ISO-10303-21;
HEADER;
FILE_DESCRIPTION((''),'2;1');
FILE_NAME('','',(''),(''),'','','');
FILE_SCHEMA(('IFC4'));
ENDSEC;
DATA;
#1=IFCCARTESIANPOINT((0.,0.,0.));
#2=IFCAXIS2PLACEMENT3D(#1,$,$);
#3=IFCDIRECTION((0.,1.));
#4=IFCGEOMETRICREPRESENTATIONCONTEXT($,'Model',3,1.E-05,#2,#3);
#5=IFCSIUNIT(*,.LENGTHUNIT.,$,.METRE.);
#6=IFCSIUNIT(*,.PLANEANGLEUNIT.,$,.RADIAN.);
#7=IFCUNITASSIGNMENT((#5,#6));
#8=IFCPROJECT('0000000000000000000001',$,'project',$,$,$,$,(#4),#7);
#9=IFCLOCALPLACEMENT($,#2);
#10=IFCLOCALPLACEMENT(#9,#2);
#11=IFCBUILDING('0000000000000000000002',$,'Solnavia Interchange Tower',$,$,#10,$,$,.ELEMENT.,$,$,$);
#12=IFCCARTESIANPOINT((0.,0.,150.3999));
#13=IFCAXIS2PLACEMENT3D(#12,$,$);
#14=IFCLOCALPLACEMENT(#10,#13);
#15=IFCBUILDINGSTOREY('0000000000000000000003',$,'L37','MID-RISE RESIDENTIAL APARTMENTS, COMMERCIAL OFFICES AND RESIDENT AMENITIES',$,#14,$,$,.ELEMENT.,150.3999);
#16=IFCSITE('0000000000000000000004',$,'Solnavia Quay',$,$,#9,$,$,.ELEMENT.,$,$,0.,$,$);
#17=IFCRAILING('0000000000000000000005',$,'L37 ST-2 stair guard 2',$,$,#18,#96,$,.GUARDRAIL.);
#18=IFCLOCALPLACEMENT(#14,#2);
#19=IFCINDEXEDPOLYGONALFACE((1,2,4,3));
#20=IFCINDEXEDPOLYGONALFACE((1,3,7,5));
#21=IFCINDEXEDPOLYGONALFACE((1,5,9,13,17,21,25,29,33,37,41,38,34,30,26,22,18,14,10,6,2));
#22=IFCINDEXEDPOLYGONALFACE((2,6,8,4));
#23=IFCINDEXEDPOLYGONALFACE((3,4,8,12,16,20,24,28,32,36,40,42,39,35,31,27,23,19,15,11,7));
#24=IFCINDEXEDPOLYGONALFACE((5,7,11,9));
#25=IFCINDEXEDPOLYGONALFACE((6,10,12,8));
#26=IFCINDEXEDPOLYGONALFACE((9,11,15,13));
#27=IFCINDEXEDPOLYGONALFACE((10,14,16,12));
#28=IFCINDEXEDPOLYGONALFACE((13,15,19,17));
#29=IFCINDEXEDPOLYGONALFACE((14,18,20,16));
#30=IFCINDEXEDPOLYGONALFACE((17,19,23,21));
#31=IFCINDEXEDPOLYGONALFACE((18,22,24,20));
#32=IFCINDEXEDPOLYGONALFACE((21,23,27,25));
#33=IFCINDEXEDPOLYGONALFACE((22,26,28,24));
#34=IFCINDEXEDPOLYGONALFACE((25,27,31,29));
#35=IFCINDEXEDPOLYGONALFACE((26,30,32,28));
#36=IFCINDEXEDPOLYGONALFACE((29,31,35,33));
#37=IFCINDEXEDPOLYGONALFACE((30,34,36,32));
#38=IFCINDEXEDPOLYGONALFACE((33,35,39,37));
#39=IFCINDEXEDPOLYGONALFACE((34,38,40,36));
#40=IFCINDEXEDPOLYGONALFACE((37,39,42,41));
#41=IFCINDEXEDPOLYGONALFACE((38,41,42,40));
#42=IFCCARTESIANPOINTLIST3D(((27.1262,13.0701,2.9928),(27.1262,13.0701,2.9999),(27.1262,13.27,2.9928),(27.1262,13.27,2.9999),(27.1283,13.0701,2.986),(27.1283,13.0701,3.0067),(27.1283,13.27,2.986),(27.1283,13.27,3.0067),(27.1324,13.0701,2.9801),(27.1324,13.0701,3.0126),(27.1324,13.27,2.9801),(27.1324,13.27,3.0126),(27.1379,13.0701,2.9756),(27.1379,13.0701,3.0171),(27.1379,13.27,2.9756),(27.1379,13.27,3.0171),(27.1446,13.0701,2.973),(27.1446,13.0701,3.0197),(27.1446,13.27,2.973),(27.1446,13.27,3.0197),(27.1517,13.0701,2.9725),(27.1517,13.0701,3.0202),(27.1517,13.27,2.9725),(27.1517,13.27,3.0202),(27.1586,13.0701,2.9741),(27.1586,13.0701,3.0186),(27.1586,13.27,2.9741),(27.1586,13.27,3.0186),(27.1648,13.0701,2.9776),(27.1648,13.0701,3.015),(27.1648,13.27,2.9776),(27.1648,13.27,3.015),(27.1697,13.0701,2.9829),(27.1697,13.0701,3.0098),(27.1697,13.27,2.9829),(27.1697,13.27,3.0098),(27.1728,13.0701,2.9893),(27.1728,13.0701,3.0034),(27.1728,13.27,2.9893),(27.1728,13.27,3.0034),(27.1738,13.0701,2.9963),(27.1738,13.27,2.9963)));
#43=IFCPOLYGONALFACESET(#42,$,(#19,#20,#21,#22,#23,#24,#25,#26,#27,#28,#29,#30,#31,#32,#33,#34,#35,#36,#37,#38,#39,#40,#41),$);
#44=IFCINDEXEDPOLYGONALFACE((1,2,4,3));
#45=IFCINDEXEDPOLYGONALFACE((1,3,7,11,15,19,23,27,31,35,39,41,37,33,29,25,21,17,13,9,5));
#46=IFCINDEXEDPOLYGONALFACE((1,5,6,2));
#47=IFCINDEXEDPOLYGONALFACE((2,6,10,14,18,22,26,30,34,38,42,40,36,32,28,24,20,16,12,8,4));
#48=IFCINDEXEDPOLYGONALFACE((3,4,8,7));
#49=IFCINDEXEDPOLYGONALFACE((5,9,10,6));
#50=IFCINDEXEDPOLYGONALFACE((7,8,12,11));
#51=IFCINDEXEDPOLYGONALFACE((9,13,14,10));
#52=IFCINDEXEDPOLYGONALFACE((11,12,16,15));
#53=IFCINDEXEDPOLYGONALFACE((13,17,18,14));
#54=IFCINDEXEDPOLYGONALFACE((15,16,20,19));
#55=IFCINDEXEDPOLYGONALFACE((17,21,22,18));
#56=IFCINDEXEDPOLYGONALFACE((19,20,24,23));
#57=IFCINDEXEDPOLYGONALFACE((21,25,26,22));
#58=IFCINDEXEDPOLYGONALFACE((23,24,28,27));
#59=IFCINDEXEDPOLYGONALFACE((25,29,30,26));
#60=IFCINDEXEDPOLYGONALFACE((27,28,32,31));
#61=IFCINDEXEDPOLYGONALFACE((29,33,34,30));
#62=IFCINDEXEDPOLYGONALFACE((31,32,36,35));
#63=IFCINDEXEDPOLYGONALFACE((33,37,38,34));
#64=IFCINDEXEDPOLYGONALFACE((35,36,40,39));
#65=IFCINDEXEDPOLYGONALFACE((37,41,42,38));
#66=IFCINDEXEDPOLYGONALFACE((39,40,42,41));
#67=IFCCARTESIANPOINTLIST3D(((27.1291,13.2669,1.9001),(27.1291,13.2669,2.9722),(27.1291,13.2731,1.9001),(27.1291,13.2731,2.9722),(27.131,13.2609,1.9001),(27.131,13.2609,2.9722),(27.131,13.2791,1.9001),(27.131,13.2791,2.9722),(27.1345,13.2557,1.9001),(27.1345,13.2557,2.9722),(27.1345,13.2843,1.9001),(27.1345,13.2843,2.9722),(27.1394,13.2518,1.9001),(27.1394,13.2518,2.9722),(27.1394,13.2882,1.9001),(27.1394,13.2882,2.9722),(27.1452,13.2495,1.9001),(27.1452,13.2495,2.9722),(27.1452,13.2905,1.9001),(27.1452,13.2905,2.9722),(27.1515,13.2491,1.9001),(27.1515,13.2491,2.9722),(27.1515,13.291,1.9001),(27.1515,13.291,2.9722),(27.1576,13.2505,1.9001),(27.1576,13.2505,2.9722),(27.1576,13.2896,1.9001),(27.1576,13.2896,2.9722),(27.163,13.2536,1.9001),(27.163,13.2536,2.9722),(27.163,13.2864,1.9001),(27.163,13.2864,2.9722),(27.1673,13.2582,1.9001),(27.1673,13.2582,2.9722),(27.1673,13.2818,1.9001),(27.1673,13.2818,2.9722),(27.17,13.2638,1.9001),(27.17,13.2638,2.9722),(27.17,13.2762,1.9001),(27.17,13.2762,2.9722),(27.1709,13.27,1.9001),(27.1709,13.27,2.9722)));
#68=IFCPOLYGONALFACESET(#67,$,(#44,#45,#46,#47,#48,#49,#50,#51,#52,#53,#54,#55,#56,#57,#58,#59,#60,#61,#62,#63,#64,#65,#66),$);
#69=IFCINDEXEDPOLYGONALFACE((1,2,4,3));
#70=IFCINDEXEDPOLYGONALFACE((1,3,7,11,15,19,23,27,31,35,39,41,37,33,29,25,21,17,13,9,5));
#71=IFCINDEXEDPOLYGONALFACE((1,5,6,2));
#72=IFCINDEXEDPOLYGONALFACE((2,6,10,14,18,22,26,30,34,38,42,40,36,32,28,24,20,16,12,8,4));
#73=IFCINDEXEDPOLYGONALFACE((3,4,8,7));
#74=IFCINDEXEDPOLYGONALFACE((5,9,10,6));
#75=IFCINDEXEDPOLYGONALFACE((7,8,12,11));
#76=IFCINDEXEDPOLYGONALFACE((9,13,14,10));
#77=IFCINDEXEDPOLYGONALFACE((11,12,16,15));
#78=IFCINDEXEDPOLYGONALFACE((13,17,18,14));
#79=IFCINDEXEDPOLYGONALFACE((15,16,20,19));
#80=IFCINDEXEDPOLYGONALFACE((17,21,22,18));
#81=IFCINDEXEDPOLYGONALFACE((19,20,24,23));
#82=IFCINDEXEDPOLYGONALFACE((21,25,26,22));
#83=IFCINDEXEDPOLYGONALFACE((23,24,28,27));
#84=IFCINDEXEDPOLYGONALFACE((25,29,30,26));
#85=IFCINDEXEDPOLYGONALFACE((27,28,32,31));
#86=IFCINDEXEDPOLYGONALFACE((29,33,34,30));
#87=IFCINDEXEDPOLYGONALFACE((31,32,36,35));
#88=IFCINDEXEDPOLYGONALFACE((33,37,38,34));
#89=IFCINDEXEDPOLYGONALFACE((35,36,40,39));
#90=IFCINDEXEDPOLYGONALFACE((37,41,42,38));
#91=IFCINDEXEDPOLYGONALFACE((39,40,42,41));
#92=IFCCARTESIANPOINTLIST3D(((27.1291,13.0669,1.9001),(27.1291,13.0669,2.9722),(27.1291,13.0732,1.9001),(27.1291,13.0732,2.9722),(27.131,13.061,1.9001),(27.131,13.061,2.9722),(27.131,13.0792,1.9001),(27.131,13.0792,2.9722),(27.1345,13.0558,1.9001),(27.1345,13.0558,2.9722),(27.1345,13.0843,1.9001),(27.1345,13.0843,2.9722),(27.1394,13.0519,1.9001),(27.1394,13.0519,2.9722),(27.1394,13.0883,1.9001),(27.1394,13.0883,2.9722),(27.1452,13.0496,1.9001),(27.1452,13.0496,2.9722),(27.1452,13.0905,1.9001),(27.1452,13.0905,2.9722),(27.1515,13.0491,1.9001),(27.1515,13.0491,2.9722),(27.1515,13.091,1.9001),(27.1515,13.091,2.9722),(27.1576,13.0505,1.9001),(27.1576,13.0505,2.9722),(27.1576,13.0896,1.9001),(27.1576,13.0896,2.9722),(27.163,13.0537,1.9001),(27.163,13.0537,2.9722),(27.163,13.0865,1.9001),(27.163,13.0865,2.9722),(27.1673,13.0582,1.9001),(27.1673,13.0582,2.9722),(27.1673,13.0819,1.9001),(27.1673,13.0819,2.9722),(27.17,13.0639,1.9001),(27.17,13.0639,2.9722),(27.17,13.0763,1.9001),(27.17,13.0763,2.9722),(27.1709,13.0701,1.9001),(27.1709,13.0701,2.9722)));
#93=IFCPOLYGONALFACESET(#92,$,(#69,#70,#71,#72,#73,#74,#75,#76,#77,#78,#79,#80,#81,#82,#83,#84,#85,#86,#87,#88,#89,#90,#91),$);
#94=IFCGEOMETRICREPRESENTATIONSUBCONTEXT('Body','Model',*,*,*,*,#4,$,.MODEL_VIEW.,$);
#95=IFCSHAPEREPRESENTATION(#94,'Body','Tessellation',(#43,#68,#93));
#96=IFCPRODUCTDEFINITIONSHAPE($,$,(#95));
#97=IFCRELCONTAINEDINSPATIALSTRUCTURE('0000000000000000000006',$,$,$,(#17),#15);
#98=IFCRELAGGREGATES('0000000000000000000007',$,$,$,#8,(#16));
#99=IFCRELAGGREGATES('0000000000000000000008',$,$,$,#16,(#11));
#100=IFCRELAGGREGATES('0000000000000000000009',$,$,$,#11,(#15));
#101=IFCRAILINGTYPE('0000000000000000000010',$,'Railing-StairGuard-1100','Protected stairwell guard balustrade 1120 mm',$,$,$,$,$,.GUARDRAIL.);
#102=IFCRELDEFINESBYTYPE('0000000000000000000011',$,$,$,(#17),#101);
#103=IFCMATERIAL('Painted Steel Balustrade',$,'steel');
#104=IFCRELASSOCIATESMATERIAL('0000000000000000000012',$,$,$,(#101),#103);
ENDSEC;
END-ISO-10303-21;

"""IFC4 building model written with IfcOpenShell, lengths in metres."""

from ifc_helpers import new_model, si_unit, direction, frame, origin, origin_2d, place, context, subcontext, project, spatial, circle, extrude, material, type_object, element, save


model = new_model("IFC4")

# Units and contexts
model_context = context("Model", 3, precision=1e-05, world=origin(), true_north=direction((0.0, 1.0)))
body_context = subcontext(model_context, "Body", "Model", "MODEL_VIEW")
ifc_project = project(units=[si_unit("LENGTHUNIT", "METRE"), si_unit("PLANEANGLEUNIT", "RADIAN")], contexts=[model_context])

# Site, building, storey
site_placement = place(None, origin())
site = spatial("IfcSite", under=ifc_project, at=site_placement, Name="Solnavia Quay", CompositionType="ELEMENT", RefElevation=0.0)
building_placement = place(site_placement, origin())
building = spatial("IfcBuilding", under=site, at=building_placement, Name="Solnavia Interchange Tower", CompositionType="ELEMENT")
storey_placement = place(building_placement, frame((0.0, 0.0, 150.3999)))
storey = spatial("IfcBuildingStorey", under=building, at=storey_placement, Name="L37", Description="MID-RISE RESIDENTIAL APARTMENTS, COMMERCIAL OFFICES AND RESIDENT AMENITIES", CompositionType="ELEMENT", Elevation=150.3999)

# Railing
ifc_material_1 = material(Name="Painted Steel Balustrade", Category="steel")
railing_type_1 = type_object("IfcRailingType", Name="Railing-StairGuard-1100", Description="Protected stairwell guard balustrade 1120 mm", PredefinedType="GUARDRAIL", material=ifc_material_1)
railing_1_placement = place(storey_placement, frame((27.1499, 13.27, 1.9001)))
element("IfcRailing", 1, at=railing_1_placement, inside=storey, type_object=railing_type_1, Name="L37 ST-2 stair guard 2", PredefinedType="GUARDRAIL", context=body_context, shape_type="SweptSolid", body=[
    extrude(circle(Radius=0.0239, at=origin_2d()), frame((0.0, 0.0, 1.0962), z_axis=(0.0, -1.0, 0.0), x_axis=(1.0, 0.0, 0.0)), (0.0, 0.0, 1.0), 0.2),
    extrude(circle(Radius=0.021, at=origin_2d()), origin(), (0.0, 0.0, 1.0), 1.072),
    extrude(circle(Radius=0.021, at=origin_2d()), frame((0.0, -0.2, 0.0)), (0.0, 0.0, 1.0), 1.072),
])

save(model, "model.ifc")
